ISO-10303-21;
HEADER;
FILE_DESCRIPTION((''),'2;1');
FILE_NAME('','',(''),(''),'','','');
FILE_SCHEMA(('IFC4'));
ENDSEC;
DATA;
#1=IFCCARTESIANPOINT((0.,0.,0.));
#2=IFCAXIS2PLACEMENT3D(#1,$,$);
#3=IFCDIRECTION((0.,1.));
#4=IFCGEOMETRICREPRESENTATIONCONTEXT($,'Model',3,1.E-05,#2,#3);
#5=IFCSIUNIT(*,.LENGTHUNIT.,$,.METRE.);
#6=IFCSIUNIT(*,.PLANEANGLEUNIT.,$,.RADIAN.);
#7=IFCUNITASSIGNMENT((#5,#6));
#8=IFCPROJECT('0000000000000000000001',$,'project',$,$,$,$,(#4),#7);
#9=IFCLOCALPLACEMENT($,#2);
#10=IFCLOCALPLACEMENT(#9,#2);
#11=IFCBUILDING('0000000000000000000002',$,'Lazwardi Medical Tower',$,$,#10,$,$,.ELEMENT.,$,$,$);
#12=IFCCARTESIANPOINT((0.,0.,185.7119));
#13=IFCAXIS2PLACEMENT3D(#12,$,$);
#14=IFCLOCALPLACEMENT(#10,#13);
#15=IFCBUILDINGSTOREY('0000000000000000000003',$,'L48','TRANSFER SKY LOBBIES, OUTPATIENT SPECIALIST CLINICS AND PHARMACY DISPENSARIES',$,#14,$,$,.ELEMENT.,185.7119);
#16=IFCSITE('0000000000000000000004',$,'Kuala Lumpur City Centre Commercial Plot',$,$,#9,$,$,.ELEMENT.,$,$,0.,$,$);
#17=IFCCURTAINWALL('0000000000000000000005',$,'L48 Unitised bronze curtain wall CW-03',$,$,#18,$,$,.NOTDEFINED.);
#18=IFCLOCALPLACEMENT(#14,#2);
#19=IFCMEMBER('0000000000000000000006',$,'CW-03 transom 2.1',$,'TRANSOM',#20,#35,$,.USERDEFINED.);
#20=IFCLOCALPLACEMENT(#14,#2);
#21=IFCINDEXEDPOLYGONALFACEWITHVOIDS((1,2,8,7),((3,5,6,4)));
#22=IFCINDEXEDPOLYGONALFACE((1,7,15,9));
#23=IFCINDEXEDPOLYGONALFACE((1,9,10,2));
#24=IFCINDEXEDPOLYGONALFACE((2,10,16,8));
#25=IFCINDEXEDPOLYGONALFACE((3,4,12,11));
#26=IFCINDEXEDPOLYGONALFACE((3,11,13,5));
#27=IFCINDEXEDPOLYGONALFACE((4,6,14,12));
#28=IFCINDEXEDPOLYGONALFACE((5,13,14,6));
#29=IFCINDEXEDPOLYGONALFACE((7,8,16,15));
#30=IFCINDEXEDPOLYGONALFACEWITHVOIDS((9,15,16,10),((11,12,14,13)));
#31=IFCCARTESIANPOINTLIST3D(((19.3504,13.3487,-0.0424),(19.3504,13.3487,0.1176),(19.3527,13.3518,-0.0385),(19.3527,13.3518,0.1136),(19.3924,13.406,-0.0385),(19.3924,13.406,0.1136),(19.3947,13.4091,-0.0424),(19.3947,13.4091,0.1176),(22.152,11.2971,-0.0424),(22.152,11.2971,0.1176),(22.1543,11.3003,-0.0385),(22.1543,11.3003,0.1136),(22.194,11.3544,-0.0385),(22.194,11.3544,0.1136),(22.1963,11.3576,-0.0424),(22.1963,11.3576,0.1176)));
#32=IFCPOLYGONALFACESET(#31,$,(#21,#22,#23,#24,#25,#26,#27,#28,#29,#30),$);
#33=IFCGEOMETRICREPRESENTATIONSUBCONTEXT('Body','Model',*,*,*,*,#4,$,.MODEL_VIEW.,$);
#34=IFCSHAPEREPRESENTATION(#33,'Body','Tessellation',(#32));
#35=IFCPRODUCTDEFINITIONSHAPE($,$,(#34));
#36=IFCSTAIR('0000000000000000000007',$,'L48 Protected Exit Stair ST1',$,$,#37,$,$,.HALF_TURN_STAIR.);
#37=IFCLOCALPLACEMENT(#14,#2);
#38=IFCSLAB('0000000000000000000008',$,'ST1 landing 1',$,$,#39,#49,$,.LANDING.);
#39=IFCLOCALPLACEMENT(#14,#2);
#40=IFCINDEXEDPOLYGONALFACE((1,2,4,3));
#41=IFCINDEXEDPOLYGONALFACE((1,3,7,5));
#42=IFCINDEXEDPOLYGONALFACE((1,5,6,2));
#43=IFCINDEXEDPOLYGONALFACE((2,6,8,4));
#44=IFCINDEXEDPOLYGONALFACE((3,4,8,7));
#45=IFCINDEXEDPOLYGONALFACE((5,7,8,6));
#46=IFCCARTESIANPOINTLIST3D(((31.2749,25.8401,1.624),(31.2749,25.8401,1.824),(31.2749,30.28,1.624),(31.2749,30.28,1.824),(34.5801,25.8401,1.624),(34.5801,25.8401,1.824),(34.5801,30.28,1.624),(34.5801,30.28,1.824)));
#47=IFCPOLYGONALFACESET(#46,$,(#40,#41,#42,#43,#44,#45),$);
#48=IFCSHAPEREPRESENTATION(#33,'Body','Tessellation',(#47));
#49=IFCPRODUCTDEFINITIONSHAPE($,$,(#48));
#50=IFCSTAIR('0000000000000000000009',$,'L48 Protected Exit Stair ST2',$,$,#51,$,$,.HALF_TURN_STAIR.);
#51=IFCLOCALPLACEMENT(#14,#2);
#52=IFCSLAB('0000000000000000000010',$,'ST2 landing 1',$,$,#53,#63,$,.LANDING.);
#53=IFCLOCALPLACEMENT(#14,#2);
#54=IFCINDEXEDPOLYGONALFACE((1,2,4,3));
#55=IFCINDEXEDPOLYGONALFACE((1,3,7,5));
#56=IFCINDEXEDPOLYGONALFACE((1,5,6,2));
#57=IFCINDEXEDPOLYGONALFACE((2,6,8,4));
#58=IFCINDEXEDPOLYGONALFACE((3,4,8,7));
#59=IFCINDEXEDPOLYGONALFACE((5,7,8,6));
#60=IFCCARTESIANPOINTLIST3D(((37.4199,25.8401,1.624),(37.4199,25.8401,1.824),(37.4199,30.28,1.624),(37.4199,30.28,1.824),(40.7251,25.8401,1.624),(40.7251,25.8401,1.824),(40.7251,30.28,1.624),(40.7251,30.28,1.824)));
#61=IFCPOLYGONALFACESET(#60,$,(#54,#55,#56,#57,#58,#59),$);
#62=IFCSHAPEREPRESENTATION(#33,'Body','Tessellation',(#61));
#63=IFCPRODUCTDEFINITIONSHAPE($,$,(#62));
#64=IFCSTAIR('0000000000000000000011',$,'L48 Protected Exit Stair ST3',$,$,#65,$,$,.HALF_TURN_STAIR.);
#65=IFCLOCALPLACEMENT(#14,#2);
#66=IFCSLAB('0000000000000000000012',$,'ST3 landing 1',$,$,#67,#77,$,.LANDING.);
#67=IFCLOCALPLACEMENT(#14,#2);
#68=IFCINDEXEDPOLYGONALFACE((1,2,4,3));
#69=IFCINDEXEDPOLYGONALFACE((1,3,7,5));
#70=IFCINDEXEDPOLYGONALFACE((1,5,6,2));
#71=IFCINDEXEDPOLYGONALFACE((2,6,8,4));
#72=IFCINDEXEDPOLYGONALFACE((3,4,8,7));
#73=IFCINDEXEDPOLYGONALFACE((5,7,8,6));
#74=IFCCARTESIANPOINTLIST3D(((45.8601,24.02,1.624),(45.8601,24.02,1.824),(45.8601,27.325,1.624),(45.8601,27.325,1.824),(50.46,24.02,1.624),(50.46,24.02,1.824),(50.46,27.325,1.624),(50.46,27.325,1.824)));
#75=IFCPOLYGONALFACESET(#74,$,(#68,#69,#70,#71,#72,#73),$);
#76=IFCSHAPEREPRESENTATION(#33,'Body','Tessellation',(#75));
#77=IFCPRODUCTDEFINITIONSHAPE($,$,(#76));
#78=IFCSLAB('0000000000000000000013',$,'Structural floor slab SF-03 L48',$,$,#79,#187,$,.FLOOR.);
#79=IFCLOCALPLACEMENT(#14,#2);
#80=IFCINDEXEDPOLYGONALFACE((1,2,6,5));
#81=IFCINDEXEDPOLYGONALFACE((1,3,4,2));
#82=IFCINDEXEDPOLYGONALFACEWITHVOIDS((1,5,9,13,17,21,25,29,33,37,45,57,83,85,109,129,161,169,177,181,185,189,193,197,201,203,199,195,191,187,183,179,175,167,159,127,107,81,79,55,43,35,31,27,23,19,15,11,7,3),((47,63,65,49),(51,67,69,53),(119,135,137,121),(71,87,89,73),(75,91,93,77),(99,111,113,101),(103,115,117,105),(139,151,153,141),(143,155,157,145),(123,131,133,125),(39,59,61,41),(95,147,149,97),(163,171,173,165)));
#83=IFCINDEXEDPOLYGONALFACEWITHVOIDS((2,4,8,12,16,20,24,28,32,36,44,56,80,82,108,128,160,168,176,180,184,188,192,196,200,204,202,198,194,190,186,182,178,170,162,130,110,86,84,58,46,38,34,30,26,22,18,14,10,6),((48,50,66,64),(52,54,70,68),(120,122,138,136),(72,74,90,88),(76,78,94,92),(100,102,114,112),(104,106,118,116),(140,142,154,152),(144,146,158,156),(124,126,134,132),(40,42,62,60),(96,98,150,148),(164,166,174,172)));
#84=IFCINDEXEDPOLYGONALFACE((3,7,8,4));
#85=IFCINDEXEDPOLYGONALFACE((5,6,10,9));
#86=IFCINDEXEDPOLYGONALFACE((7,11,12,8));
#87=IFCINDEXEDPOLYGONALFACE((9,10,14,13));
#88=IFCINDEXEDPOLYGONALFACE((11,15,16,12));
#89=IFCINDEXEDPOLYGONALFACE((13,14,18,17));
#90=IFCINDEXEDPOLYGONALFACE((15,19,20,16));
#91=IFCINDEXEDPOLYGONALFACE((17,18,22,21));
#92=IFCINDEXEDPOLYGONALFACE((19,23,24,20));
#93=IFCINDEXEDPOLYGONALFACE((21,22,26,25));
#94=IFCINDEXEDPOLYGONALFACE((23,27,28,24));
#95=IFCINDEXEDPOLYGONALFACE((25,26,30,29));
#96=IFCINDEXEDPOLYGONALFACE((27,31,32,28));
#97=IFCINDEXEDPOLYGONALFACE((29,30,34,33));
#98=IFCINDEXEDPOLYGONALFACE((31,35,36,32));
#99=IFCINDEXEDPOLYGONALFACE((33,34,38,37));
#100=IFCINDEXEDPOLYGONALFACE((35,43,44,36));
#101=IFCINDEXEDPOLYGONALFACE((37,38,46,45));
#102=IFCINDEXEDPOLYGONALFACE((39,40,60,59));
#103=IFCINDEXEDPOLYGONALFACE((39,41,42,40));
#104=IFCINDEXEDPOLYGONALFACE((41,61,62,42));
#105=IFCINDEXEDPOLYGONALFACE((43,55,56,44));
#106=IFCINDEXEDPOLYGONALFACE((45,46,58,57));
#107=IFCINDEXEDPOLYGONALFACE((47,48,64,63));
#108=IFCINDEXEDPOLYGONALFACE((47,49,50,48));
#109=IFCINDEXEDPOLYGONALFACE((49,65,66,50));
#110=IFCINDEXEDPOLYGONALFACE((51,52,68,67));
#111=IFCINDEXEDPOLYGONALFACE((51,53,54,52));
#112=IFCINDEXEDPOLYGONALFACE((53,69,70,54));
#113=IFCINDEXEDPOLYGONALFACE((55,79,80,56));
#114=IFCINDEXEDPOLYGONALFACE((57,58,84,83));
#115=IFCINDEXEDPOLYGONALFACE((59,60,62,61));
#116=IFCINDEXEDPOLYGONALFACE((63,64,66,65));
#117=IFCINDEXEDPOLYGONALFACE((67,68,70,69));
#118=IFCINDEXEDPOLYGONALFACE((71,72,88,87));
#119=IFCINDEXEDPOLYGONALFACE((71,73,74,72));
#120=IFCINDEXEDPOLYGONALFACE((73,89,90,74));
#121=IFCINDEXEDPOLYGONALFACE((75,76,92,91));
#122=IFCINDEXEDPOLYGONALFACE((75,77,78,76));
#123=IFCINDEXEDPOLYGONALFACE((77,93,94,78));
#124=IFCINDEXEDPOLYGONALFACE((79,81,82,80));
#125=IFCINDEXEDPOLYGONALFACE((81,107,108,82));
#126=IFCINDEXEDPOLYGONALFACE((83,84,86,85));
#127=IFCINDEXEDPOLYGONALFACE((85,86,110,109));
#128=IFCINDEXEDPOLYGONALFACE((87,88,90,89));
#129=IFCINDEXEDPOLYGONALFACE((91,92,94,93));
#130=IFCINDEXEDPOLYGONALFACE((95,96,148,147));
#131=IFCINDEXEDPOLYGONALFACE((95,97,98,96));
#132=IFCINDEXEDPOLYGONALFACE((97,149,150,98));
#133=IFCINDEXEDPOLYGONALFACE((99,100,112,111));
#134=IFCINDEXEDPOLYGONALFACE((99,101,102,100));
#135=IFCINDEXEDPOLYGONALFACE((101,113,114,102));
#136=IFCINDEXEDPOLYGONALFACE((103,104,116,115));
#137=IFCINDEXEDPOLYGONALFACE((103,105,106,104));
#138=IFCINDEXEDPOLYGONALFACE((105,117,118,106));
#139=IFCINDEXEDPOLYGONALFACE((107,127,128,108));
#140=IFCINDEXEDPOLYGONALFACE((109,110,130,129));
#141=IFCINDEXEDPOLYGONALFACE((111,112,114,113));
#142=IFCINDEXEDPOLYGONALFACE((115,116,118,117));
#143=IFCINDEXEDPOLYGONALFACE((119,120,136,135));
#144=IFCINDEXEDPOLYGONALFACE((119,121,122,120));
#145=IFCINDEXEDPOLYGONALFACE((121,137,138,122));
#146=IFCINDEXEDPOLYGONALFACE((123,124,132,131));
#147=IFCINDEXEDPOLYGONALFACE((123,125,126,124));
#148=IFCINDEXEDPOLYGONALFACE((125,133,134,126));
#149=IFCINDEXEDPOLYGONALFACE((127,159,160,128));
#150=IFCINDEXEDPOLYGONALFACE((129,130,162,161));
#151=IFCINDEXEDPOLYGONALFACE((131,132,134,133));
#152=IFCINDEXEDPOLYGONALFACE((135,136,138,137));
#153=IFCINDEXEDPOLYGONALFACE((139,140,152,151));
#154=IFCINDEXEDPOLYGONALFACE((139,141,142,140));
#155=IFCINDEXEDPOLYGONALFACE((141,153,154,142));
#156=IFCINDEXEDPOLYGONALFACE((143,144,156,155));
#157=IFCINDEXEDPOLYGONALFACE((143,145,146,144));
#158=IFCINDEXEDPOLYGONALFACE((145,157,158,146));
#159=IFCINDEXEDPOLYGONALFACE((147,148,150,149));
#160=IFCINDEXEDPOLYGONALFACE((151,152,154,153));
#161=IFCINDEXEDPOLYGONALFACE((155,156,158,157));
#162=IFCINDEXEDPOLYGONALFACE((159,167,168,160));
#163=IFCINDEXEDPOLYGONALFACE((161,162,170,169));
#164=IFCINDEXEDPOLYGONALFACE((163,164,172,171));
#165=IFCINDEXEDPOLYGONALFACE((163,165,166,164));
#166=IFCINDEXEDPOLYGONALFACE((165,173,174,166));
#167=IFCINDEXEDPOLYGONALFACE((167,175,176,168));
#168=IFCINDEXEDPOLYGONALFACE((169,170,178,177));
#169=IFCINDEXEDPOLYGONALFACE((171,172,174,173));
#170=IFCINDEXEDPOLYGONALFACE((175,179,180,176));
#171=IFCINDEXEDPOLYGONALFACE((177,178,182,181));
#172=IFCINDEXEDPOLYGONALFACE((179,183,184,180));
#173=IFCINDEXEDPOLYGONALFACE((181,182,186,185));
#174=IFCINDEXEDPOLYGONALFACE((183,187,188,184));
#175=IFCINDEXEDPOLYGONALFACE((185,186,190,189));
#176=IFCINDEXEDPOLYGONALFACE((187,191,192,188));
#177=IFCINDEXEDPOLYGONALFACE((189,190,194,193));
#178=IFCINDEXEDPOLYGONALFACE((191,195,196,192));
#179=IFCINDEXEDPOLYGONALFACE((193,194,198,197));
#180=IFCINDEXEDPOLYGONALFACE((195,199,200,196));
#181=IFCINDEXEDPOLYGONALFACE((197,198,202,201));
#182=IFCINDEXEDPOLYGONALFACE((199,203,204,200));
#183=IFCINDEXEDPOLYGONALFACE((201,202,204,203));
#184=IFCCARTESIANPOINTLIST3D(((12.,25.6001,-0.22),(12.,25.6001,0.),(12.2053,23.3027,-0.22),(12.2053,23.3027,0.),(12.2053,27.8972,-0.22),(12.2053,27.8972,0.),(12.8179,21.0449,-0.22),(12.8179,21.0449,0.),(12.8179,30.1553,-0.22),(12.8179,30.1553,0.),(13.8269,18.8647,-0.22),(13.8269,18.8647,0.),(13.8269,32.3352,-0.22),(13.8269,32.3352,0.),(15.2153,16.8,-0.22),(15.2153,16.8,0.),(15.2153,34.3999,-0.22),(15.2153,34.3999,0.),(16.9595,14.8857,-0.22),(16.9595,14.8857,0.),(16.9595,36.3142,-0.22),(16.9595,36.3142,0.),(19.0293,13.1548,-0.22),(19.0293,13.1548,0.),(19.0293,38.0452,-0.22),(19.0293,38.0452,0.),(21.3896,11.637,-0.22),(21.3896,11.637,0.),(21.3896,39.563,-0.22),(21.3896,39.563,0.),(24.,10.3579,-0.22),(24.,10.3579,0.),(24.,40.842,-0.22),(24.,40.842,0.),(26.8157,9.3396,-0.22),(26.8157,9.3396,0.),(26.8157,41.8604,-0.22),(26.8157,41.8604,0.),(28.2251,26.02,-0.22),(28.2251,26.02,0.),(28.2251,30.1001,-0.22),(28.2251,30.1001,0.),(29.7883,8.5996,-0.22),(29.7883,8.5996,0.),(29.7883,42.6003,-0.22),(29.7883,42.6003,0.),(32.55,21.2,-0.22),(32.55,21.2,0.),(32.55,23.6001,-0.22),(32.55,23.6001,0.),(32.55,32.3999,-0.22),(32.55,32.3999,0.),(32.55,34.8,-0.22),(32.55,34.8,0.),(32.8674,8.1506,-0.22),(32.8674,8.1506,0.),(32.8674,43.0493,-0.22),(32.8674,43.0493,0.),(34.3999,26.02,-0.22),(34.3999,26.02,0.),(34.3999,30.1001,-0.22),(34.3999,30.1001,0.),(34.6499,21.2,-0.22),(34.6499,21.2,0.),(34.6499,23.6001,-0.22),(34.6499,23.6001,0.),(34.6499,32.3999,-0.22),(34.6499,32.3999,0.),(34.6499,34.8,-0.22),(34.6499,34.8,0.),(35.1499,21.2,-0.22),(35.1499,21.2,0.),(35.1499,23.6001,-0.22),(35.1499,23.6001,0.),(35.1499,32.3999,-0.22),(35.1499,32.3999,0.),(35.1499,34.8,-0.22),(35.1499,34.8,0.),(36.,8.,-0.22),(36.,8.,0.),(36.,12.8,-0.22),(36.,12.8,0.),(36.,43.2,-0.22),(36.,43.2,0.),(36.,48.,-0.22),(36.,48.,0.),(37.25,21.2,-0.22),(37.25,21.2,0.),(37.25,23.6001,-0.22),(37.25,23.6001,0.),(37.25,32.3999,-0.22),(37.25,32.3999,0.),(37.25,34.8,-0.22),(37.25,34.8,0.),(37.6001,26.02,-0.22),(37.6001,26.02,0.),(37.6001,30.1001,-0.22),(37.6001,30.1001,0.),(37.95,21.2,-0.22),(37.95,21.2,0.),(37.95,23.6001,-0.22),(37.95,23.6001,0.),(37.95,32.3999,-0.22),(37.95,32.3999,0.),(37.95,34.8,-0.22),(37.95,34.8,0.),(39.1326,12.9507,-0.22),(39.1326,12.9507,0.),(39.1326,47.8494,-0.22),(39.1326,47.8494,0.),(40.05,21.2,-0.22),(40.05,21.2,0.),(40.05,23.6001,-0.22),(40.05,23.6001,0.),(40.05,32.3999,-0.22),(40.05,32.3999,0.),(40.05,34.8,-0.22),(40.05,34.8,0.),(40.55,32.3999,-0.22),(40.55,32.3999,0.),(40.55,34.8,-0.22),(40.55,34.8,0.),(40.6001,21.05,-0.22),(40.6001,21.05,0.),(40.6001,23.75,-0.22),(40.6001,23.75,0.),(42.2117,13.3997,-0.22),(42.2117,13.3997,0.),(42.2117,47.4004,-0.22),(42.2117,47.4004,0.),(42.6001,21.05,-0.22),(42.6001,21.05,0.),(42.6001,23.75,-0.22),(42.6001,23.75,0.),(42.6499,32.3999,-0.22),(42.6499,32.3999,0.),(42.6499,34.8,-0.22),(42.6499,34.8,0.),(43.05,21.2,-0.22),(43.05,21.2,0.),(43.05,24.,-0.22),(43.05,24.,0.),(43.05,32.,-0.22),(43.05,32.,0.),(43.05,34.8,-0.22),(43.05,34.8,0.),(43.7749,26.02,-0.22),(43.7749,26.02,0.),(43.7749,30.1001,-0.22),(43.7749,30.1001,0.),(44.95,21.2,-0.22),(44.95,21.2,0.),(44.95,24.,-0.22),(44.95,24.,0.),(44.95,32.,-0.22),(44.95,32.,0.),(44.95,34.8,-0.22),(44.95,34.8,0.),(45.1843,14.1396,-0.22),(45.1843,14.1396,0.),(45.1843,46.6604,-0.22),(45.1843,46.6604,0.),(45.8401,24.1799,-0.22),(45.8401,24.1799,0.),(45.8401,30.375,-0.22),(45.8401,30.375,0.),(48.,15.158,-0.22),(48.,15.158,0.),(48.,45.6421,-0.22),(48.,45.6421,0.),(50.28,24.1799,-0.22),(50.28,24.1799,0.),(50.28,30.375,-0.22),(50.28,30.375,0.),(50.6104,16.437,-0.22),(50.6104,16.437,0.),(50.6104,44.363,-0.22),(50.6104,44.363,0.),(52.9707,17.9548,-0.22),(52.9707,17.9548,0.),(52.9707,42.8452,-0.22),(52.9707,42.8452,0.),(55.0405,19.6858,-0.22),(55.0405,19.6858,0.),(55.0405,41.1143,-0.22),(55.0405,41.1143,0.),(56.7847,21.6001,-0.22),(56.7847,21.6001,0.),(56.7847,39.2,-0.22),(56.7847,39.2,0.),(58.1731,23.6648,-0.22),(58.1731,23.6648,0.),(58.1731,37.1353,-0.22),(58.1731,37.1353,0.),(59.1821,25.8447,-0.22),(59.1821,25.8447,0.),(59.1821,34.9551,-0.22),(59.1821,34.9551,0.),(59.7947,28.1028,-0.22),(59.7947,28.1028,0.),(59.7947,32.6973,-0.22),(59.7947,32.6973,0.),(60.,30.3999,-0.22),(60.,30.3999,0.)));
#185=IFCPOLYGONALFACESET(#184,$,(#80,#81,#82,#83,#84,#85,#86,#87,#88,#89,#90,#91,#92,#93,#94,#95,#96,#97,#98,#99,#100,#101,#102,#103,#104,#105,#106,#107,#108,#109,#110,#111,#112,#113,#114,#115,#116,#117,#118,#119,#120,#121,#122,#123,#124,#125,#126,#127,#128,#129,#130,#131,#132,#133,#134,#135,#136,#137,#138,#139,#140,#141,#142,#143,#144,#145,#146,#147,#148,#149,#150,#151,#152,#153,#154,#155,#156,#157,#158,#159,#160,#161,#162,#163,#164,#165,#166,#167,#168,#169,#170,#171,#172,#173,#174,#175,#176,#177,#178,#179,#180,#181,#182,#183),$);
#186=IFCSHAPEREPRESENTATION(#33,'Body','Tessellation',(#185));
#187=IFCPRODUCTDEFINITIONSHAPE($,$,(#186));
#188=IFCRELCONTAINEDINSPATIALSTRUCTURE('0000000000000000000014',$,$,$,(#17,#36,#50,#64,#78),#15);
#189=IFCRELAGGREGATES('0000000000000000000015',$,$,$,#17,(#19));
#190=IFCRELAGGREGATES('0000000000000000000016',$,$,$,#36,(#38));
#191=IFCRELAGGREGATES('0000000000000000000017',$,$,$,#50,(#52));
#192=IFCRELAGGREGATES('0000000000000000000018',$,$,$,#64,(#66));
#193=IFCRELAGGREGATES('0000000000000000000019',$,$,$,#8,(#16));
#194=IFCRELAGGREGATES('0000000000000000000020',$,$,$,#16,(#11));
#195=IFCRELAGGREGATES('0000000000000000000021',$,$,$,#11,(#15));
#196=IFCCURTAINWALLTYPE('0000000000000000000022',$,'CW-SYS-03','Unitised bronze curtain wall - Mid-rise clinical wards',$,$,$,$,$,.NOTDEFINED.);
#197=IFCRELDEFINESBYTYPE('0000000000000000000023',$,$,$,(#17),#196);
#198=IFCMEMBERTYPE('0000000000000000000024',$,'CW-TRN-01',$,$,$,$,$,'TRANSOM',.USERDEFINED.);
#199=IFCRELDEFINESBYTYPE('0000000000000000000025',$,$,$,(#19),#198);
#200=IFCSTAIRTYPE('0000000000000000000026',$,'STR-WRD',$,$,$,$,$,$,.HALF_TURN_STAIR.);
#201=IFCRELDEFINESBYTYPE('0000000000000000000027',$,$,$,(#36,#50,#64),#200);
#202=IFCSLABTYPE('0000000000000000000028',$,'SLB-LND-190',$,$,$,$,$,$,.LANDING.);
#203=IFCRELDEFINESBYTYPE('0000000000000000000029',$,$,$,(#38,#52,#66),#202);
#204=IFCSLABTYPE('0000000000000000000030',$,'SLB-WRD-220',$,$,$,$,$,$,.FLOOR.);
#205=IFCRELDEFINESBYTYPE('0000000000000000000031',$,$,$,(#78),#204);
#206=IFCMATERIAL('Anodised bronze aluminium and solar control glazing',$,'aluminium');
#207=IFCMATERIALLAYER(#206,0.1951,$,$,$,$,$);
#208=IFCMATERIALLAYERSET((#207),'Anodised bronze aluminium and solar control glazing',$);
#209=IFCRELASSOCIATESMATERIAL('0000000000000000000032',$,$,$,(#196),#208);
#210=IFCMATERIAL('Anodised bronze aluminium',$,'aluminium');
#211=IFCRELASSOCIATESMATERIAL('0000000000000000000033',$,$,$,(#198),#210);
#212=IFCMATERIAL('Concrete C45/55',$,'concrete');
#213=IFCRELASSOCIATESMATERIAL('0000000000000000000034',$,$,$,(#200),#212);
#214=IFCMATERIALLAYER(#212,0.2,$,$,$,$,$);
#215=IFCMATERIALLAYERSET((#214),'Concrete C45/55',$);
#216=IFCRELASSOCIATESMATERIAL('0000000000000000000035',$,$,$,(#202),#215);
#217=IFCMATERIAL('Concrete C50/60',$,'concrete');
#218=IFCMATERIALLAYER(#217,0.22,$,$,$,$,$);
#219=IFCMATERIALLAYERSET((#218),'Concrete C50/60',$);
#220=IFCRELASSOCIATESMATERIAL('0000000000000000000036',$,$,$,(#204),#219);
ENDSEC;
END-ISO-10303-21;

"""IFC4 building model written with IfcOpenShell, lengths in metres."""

from ifc_helpers import new_model, si_unit, direction, frame, origin, origin_2d, place, context, subcontext, project, spatial, polyline, hollow_rectangle, outline, extrude, material, layer, layer_set, material_profile, profile_set, type_object, element, aggregate, save


model = new_model("IFC4")

# Units and contexts
model_context = context("Model", 3, precision=1e-05, world=origin(), true_north=direction((0.0, 1.0)))
body_context = subcontext(model_context, "Body", "Model", "MODEL_VIEW")
ifc_project = project(units=[si_unit("LENGTHUNIT", "METRE"), si_unit("PLANEANGLEUNIT", "RADIAN")], contexts=[model_context])

# Site, building, storey
site_placement = place(None, origin())
site = spatial("IfcSite", under=ifc_project, at=site_placement, Name="Kuala Lumpur City Centre Commercial Plot", CompositionType="ELEMENT", RefElevation=0.0)
building_placement = place(site_placement, origin())
building = spatial("IfcBuilding", under=site, at=building_placement, Name="Lazwardi Medical Tower", CompositionType="ELEMENT")
storey_placement = place(building_placement, frame((0.0, 0.0, 185.7119)))
storey = spatial("IfcBuildingStorey", under=building, at=storey_placement, Name="L48", Description="TRANSFER SKY LOBBIES, OUTPATIENT SPECIALIST CLINICS AND PHARMACY DISPENSARIES", CompositionType="ELEMENT", Elevation=185.7119)

# Curtain wall, member
ifc_material_1 = material(Name="Anodised bronze aluminium and solar control glazing", Category="aluminium")
ifc_layer_1 = layer(ifc_material_1, 0.1951)
ifc_layer_set_1 = layer_set([ifc_layer_1], Name="Anodised bronze aluminium and solar control glazing")
curtain_wall_type = type_object("IfcCurtainWallType", Name="CW-SYS-03", Description="Unitised bronze curtain wall - Mid-rise clinical wards", PredefinedType="NOTDEFINED", material=ifc_layer_set_1)
curtain_wall_placement = place(storey_placement, origin())
curtain_wall = element("IfcCurtainWall", 1, at=curtain_wall_placement, inside=storey, type_object=curtain_wall_type, Name="L48 Unitised bronze curtain wall CW-03", PredefinedType="NOTDEFINED")
ifc_material_2 = material(Name="Anodised bronze aluminium", Category="aluminium")
ifc_material_profile = material_profile(ifc_material_2, hollow_rectangle(XDim=0.075, YDim=0.1599, WallThickness=0.0039, at=origin_2d()), Name="ALU-TRANSOM 160x75x4")
ifc_profile_set = profile_set([ifc_material_profile], Name="Anodised bronze aluminium")
member_type = type_object("IfcMemberType", Name="CW-TRN-01", ElementType="TRANSOM", PredefinedType="USERDEFINED", material=ifc_profile_set)
member_placement = place(storey_placement, frame((19.3726, 13.3789, 0.0376), z_axis=(0.806807, -0.590815, 0.0), x_axis=(0.590815, 0.806807, 0.0)))
member = element("IfcMember", 2, at=member_placement, type_object=member_type, Name="CW-03 transom 2.1", ObjectType="TRANSOM", PredefinedType="USERDEFINED", context=body_context, shape_type="SweptSolid", body=[
    extrude(hollow_rectangle(XDim=0.075, YDim=0.1599, WallThickness=0.0039, at=origin_2d()), origin(), (0.0, 0.0, 1.0), 3.4724),
])
aggregate(curtain_wall, [member])

# Stairs, slabs
ifc_material_3 = material(Name="Concrete C45/55", Category="concrete")
stair_type = type_object("IfcStairType", Name="STR-WRD", PredefinedType="HALF_TURN_STAIR", material=ifc_material_3)
stair_1_placement = place(storey_placement, origin())
stair_1 = element("IfcStair", 3, at=stair_1_placement, inside=storey, type_object=stair_type, Name="L48 Protected Exit Stair ST1", PredefinedType="HALF_TURN_STAIR")
ifc_layer_2 = layer(ifc_material_3, 0.2)
ifc_layer_set_2 = layer_set([ifc_layer_2], Name="Concrete C45/55")
slab_type_1 = type_object("IfcSlabType", Name="SLB-LND-190", PredefinedType="LANDING", material=ifc_layer_set_2)
slab_1_placement = place(storey_placement, frame((0.0, 0.0, 1.624)))
slab_1 = element("IfcSlab", 4, at=slab_1_placement, type_object=slab_type_1, Name="ST1 landing 1", PredefinedType="LANDING", context=body_context, shape_type="SweptSolid", body=[
    extrude(outline(polyline([(31.2749, 25.8401), (34.5801, 25.8401), (34.5801, 30.28), (31.2749, 30.28), (31.2749, 25.8401)])), origin(), (0.0, 0.0, 1.0), 0.2),
])
aggregate(stair_1, [slab_1])
stair_2_placement = place(storey_placement, origin())
stair_2 = element("IfcStair", 5, at=stair_2_placement, inside=storey, type_object=stair_type, Name="L48 Protected Exit Stair ST2", PredefinedType="HALF_TURN_STAIR")
slab_2_placement = place(storey_placement, frame((0.0, 0.0, 1.624)))
slab_2 = element("IfcSlab", 6, at=slab_2_placement, type_object=slab_type_1, Name="ST2 landing 1", PredefinedType="LANDING", context=body_context, shape_type="SweptSolid", body=[
    extrude(outline(polyline([(40.7251, 30.28), (37.4199, 30.28), (37.4199, 25.8401), (40.7251, 25.8401), (40.7251, 30.28)])), origin(), (0.0, 0.0, 1.0), 0.2),
])
aggregate(stair_2, [slab_2])
stair_3_placement = place(storey_placement, origin())
stair_3 = element("IfcStair", 7, at=stair_3_placement, inside=storey, type_object=stair_type, Name="L48 Protected Exit Stair ST3", PredefinedType="HALF_TURN_STAIR")
slab_3_placement = place(storey_placement, frame((0.0, 0.0, 1.624)))
slab_3 = element("IfcSlab", 8, at=slab_3_placement, type_object=slab_type_1, Name="ST3 landing 1", PredefinedType="LANDING", context=body_context, shape_type="SweptSolid", body=[
    extrude(outline(polyline([(45.8601, 27.325), (45.8601, 24.02), (50.46, 24.02), (50.46, 27.325), (45.8601, 27.325)])), origin(), (0.0, 0.0, 1.0), 0.2),
])
aggregate(stair_3, [slab_3])

# Slab
ifc_material_4 = material(Name="Concrete C50/60", Category="concrete")
ifc_layer_3 = layer(ifc_material_4, 0.22)
ifc_layer_set_3 = layer_set([ifc_layer_3], Name="Concrete C50/60")
slab_type_2 = type_object("IfcSlabType", Name="SLB-WRD-220", PredefinedType="FLOOR", material=ifc_layer_set_3)
slab_4_placement = place(storey_placement, frame((0.0, 0.0, -0.22)))
element("IfcSlab", 9, at=slab_4_placement, inside=storey, type_object=slab_type_2, Name="Structural floor slab SF-03 L48", PredefinedType="FLOOR", context=body_context, shape_type="SweptSolid", body=[
    extrude(outline(polyline([(12.2053, 23.3027), (12.8179, 21.0449), (13.8269, 18.8647), (15.2153, 16.8), (16.9595, 14.8857), (19.0293, 13.1548), (21.3896, 11.637), (24.0, 10.3579), (26.8157, 9.3396), (29.7883, 8.5996), (32.8674, 8.1506), (36.0, 8.0), (36.0, 12.8), (39.1326, 12.9507), (42.2117, 13.3997), (45.1843, 14.1396), (48.0, 15.158), (50.6104, 16.437), (52.9707, 17.9548), (55.0405, 19.6858), (56.7847, 21.6001), (58.1731, 23.6648), (59.1821, 25.8447), (59.7947, 28.1028), (60.0, 30.3999), (59.7947, 32.6973), (59.1821, 34.9551), (58.1731, 37.1353), (56.7847, 39.2), (55.0405, 41.1143), (52.9707, 42.8452), (50.6104, 44.363), (48.0, 45.6421), (45.1843, 46.6604), (42.2117, 47.4004), (39.1326, 47.8494), (36.0, 48.0), (36.0, 43.2), (32.8674, 43.0493), (29.7883, 42.6003), (26.8157, 41.8604), (24.0, 40.842), (21.3896, 39.563), (19.0293, 38.0452), (16.9595, 36.3142), (15.2153, 34.3999), (13.8269, 32.3352), (12.8179, 30.1553), (12.2053, 27.8972), (12.0, 25.6001), (12.2053, 23.3027)]), holes=[polyline([(28.2251, 26.02), (28.2251, 30.1001), (34.3999, 30.1001), (34.3999, 26.02), (28.2251, 26.02)]), polyline([(37.6001, 30.1001), (43.7749, 30.1001), (43.7749, 26.02), (37.6001, 26.02), (37.6001, 30.1001)]), polyline([(50.28, 30.375), (50.28, 24.1799), (45.8401, 24.1799), (45.8401, 30.375), (50.28, 30.375)]), polyline([(34.6499, 32.3999), (32.55, 32.3999), (32.55, 34.8), (34.6499, 34.8), (34.6499, 32.3999)]), polyline([(35.1499, 32.3999), (35.1499, 34.8), (37.25, 34.8), (37.25, 32.3999), (35.1499, 32.3999)]), polyline([(32.55, 23.6001), (34.6499, 23.6001), (34.6499, 21.2), (32.55, 21.2), (32.55, 23.6001)]), polyline([(37.25, 23.6001), (37.25, 21.2), (35.1499, 21.2), (35.1499, 23.6001), (37.25, 23.6001)]), polyline([(40.05, 32.3999), (37.95, 32.3999), (37.95, 34.8), (40.05, 34.8), (40.05, 32.3999)]), polyline([(40.55, 32.3999), (40.55, 34.8), (42.6499, 34.8), (42.6499, 32.3999), (40.55, 32.3999)]), polyline([(37.95, 23.6001), (40.05, 23.6001), (40.05, 21.2), (37.95, 21.2), (37.95, 23.6001)]), polyline([(44.95, 34.8), (44.95, 32.0), (43.05, 32.0), (43.05, 34.8), (44.95, 34.8)]), polyline([(44.95, 21.2), (43.05, 21.2), (43.05, 24.0), (44.95, 24.0), (44.95, 21.2)]), polyline([(40.6001, 21.05), (40.6001, 23.75), (42.6001, 23.75), (42.6001, 21.05), (40.6001, 21.05)])]), origin(), (0.0, 0.0, 1.0), 0.22),
])

save(model, "model.ifc")
